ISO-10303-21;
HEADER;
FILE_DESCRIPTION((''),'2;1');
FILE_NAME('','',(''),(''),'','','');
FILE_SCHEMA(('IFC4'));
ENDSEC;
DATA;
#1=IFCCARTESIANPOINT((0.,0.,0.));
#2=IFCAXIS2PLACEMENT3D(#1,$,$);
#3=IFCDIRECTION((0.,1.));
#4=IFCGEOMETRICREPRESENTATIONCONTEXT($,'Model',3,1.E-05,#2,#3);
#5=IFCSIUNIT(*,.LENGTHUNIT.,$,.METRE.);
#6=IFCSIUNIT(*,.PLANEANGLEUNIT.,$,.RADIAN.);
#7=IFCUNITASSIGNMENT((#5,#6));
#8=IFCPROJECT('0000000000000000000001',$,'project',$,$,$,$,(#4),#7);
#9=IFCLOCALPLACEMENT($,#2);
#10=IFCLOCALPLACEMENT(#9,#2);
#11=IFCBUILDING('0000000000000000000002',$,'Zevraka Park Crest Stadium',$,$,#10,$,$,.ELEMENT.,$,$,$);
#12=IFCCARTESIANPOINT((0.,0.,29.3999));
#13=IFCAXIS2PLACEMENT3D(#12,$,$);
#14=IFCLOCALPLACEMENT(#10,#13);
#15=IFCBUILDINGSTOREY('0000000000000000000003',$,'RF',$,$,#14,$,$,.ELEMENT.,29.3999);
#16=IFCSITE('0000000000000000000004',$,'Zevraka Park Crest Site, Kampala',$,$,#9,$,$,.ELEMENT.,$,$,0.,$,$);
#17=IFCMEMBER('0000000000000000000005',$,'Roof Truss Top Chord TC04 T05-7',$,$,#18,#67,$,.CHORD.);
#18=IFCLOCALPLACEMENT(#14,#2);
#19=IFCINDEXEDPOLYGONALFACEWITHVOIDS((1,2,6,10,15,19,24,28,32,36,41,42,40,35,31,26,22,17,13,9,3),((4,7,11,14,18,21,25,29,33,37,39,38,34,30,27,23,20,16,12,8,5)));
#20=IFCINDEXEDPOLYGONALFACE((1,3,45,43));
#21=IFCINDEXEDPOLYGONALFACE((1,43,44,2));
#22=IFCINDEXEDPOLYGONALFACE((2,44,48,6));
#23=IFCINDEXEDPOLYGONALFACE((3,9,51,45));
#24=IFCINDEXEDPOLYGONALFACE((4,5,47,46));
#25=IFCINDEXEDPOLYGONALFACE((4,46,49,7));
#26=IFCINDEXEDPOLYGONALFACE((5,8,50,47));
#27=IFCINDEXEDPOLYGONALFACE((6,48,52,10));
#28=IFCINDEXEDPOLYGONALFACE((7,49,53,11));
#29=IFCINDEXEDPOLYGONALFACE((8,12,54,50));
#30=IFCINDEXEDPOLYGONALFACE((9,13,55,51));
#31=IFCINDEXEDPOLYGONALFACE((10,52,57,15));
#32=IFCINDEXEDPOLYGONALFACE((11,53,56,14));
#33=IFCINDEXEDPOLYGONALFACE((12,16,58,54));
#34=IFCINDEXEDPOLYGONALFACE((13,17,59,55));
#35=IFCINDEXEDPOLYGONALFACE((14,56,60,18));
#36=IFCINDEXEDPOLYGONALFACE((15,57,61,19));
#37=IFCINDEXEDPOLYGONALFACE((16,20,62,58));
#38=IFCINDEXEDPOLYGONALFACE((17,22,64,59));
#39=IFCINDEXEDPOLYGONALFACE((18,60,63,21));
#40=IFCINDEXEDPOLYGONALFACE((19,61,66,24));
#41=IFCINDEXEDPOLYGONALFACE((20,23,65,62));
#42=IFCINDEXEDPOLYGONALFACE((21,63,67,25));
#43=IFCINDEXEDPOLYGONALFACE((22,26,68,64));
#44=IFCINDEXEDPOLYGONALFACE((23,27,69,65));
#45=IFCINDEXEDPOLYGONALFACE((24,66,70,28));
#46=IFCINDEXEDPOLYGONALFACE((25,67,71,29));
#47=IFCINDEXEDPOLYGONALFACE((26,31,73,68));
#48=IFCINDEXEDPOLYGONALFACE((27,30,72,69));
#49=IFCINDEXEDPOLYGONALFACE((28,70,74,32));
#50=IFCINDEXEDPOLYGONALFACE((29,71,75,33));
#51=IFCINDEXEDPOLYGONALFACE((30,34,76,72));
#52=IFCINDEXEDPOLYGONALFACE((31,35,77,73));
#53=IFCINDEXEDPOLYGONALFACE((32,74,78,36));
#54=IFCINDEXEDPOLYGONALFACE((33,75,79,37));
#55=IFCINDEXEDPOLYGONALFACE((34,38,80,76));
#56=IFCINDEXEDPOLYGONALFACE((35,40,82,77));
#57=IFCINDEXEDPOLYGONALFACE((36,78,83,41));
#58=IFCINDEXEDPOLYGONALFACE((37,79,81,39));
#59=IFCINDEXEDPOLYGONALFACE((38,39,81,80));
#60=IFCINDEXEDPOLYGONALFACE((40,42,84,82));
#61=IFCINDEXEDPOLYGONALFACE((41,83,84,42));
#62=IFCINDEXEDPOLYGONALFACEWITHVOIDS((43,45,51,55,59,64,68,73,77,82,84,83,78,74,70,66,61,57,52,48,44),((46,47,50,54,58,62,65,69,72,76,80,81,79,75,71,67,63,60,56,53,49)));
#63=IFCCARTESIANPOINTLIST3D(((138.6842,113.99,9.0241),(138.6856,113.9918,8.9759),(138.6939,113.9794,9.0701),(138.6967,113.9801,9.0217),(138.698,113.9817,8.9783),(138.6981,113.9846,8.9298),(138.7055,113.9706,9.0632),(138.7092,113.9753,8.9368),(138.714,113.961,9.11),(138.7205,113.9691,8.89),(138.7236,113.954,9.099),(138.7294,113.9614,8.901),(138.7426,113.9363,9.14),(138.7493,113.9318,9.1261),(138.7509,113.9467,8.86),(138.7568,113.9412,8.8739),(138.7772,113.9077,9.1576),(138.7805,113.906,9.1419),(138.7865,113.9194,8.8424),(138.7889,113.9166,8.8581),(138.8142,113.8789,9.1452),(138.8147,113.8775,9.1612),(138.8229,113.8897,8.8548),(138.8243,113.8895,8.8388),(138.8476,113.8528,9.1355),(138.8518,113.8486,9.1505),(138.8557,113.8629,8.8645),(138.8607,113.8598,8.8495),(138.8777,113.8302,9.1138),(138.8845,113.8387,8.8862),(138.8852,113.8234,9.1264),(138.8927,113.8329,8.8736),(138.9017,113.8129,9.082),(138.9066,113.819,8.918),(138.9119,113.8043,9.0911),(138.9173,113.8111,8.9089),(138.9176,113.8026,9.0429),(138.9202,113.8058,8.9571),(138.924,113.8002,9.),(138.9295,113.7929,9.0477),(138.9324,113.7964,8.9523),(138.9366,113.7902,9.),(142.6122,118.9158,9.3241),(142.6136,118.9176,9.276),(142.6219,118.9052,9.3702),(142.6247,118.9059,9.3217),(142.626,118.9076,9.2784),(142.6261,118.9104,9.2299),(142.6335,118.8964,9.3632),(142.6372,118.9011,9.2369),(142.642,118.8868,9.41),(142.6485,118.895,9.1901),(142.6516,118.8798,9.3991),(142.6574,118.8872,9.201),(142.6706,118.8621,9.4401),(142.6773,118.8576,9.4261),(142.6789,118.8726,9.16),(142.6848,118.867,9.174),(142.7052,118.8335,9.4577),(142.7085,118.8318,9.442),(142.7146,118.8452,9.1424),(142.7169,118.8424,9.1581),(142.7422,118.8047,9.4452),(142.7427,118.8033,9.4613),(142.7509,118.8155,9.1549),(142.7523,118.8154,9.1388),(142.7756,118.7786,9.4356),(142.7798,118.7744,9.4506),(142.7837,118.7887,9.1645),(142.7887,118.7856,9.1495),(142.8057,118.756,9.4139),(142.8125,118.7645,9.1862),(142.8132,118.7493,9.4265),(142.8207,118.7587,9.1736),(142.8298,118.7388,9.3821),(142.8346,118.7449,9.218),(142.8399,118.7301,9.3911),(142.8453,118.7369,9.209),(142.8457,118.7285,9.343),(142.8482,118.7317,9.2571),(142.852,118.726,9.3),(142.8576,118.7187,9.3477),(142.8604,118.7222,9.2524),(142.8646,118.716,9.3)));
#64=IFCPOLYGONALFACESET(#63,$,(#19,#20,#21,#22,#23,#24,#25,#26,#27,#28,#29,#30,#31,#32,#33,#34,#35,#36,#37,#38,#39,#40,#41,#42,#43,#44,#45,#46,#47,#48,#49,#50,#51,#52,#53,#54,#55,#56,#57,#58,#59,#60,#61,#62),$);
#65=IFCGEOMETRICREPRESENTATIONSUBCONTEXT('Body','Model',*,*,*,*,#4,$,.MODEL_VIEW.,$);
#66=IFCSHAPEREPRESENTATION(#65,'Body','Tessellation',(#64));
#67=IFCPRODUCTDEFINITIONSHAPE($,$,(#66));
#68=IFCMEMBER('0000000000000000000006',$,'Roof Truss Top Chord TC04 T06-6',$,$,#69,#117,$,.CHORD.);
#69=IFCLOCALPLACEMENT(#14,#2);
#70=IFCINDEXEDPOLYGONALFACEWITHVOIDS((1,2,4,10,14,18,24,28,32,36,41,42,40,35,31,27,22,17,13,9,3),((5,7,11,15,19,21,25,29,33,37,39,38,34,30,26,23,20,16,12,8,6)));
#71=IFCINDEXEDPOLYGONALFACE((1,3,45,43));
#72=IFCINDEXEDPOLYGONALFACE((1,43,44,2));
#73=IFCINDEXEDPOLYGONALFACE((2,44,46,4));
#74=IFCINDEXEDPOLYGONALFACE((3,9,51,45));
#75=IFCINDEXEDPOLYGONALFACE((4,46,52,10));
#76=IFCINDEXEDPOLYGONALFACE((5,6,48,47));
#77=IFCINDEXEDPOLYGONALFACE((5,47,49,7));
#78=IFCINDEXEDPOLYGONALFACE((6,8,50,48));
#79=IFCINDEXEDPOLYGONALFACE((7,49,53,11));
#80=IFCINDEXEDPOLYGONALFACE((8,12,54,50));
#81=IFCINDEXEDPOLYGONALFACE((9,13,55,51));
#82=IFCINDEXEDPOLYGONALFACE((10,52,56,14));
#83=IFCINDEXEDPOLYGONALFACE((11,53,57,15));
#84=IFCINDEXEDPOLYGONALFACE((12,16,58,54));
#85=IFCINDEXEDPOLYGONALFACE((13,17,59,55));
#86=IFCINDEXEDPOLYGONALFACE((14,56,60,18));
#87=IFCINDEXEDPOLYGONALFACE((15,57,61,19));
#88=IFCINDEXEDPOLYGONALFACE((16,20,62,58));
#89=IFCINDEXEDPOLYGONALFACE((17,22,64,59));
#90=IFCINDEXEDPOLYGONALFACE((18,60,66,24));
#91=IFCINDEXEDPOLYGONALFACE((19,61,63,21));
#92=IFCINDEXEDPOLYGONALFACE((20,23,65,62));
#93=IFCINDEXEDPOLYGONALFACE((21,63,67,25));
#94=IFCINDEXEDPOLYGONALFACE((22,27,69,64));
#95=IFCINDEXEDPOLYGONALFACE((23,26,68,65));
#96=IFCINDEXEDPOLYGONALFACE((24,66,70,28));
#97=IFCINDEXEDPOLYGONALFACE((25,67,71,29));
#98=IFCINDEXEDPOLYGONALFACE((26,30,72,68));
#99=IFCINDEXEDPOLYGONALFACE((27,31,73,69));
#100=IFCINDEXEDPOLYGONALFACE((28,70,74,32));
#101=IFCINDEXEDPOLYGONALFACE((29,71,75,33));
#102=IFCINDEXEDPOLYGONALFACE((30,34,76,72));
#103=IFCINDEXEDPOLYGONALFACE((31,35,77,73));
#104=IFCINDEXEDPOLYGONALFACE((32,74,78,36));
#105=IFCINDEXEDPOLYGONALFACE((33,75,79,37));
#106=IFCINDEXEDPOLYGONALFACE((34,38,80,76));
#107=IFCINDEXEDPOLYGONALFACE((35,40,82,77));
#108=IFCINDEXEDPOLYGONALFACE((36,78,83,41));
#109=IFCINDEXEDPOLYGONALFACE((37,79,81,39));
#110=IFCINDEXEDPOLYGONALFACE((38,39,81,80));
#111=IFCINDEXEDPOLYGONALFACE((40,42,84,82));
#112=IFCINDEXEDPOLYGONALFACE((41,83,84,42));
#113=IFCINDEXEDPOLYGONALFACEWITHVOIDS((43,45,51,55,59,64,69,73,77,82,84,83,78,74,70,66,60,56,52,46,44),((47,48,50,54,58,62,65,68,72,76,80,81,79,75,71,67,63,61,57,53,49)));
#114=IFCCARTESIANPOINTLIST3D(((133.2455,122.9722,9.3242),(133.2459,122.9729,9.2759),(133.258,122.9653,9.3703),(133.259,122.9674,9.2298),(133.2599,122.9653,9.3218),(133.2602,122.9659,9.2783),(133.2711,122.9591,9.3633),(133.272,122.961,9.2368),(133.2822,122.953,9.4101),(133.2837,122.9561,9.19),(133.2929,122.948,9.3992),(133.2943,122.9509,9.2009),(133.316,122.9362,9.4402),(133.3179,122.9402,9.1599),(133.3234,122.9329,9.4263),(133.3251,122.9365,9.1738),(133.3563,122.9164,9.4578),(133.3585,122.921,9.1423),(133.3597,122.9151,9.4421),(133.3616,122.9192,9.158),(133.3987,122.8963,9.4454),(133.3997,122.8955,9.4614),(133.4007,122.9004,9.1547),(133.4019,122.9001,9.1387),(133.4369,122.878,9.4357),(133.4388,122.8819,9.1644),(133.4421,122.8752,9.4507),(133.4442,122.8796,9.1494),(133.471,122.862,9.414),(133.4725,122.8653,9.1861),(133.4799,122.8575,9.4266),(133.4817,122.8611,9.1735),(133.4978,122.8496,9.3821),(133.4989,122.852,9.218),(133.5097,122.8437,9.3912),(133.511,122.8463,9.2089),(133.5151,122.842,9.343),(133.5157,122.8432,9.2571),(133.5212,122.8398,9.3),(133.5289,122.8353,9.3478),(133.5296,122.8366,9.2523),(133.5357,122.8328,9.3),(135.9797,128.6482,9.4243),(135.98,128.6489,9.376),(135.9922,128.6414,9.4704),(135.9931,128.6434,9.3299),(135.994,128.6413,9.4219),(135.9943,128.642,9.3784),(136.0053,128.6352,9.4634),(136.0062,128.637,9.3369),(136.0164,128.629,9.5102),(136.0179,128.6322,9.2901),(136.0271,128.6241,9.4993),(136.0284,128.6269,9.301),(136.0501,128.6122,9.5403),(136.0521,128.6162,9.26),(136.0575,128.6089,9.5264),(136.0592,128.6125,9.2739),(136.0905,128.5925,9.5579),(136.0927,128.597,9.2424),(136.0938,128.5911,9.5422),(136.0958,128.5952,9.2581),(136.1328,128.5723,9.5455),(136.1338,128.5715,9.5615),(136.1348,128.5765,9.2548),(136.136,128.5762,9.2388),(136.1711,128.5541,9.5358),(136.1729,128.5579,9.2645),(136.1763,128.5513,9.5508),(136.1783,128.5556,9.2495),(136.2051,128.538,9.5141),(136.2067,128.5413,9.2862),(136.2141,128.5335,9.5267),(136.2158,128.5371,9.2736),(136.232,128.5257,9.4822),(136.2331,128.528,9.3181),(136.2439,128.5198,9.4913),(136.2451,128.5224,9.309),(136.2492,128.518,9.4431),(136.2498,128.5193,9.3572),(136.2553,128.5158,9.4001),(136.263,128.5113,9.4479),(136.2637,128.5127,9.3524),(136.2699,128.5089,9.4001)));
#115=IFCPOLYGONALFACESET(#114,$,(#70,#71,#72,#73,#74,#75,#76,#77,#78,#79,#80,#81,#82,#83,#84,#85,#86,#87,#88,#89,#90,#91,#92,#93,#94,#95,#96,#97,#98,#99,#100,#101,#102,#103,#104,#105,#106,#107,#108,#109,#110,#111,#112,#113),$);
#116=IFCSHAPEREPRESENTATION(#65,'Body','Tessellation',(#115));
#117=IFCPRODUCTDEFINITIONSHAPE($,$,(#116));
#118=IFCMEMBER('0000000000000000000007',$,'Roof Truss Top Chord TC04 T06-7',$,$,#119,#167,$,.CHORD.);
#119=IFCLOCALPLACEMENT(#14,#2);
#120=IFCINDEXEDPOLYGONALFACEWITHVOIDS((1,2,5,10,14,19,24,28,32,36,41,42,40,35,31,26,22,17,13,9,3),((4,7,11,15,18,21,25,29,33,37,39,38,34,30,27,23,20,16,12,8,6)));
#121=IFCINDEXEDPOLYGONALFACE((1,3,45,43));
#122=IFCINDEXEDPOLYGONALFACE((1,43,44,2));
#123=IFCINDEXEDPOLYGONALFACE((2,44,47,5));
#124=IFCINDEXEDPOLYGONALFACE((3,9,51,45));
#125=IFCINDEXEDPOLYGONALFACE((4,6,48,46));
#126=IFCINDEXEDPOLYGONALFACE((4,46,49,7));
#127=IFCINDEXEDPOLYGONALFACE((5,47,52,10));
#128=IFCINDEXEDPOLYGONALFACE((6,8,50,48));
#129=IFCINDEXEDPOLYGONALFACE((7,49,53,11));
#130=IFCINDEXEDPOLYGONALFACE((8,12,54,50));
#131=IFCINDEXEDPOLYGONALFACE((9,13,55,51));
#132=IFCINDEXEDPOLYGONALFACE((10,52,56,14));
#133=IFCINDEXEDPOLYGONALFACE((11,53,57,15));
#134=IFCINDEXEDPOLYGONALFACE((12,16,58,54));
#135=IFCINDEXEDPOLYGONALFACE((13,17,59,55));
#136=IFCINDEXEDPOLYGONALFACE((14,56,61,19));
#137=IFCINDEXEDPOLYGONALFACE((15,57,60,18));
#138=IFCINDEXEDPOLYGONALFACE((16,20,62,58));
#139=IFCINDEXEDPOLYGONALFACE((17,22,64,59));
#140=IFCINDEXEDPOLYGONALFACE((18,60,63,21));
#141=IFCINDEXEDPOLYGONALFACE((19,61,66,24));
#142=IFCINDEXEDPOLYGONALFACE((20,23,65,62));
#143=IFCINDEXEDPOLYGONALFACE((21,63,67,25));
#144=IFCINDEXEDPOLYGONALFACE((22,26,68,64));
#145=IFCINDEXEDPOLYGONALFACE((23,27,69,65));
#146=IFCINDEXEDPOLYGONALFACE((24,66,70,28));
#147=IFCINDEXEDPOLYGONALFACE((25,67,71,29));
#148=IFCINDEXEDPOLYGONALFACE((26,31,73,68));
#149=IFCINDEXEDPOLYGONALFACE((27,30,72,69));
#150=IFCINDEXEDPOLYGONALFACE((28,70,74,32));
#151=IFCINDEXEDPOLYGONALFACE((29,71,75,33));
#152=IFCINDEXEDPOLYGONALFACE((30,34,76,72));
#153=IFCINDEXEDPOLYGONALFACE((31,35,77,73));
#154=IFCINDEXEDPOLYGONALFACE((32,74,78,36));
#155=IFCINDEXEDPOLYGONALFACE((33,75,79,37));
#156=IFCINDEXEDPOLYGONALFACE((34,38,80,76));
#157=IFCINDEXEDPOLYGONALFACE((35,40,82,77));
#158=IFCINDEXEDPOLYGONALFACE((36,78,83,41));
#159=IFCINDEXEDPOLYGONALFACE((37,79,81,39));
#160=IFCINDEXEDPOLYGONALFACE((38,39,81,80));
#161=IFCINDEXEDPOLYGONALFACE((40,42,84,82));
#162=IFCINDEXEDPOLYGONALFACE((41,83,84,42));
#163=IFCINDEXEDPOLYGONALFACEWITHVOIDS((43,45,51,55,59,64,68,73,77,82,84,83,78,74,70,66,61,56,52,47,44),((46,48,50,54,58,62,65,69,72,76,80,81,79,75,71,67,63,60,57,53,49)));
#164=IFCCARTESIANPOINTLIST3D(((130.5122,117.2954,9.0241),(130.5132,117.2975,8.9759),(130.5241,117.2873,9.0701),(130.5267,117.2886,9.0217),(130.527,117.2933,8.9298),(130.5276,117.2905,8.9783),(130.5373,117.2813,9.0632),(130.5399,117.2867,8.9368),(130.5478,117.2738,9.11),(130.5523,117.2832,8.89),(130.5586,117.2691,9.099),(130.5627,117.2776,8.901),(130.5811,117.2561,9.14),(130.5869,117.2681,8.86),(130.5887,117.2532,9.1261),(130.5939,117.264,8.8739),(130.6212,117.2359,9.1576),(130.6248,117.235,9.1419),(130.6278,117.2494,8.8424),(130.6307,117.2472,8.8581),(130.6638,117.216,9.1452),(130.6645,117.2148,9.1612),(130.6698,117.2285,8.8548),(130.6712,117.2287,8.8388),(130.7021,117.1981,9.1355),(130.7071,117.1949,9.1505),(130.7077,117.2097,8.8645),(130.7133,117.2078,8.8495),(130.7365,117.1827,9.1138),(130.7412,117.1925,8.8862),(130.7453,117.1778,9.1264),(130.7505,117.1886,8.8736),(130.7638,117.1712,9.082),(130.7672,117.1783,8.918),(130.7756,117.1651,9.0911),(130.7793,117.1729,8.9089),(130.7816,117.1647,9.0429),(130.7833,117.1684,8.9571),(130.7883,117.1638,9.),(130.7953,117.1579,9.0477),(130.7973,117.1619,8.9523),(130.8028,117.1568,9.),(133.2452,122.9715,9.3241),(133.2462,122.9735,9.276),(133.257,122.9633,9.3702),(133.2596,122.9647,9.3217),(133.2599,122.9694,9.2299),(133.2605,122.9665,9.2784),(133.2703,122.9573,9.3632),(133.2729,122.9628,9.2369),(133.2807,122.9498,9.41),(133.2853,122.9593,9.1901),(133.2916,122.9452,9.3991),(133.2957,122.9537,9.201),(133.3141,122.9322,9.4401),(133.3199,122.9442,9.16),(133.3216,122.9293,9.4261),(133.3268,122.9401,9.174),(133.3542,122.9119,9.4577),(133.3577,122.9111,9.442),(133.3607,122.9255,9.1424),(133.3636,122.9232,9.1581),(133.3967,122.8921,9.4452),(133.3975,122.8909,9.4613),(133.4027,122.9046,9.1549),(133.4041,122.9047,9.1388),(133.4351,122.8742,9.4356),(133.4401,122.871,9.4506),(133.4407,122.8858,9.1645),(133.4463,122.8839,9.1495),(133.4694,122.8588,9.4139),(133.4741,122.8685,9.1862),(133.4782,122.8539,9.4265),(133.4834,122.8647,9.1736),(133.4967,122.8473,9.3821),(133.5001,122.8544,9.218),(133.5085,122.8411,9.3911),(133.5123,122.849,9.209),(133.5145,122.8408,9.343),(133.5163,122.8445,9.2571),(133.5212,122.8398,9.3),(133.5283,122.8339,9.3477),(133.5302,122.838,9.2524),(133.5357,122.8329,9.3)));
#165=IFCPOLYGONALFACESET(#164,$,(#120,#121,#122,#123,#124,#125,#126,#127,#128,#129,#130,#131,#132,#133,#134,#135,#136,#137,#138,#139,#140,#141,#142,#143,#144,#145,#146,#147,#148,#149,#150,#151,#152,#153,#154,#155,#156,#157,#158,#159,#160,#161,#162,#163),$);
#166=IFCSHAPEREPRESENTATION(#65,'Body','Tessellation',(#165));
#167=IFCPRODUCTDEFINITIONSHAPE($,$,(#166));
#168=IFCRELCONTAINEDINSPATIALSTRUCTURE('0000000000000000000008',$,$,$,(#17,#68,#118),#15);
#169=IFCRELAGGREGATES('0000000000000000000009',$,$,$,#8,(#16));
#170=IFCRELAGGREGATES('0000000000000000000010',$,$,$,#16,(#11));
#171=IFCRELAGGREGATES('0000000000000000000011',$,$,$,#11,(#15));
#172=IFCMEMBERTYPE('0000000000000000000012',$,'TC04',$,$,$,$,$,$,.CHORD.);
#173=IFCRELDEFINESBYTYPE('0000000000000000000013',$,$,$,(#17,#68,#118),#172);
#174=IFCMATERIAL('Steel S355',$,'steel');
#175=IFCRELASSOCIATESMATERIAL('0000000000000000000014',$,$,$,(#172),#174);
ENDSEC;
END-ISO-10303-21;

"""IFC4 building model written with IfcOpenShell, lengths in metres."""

from ifc_helpers import new_model, si_unit, direction, frame, origin, origin_2d, place, context, subcontext, project, spatial, hollow_circle, extrude, material, material_profile, profile_set, type_object, element, save


model = new_model("IFC4")

# Units and contexts
model_context = context("Model", 3, precision=1e-05, world=origin(), true_north=direction((0.0, 1.0)))
body_context = subcontext(model_context, "Body", "Model", "MODEL_VIEW")
ifc_project = project(units=[si_unit("LENGTHUNIT", "METRE"), si_unit("PLANEANGLEUNIT", "RADIAN")], contexts=[model_context])

# Site, building, storey
site_placement = place(None, origin())
site = spatial("IfcSite", under=ifc_project, at=site_placement, Name="Zevraka Park Crest Site, Kampala", CompositionType="ELEMENT", RefElevation=0.0)
building_placement = place(site_placement, origin())
building = spatial("IfcBuilding", under=site, at=building_placement, Name="Zevraka Park Crest Stadium", CompositionType="ELEMENT")
storey_placement = place(building_placement, frame((0.0, 0.0, 29.3999)))
storey = spatial("IfcBuildingStorey", under=building, at=storey_placement, Name="RF", CompositionType="ELEMENT", Elevation=29.3999)

# Members
ifc_material_1 = material(Name="Steel S355", Category="steel")
ifc_material_profile_1 = material_profile(ifc_material_1, hollow_circle(Radius=0.1619, WallThickness=0.0161, at=origin_2d()), Name="CHS 323.9x16")
ifc_profile_set_1 = profile_set([ifc_material_profile_1], Name="Steel S355")
member_type_1 = type_object("IfcMemberType", Name="TC04", PredefinedType="CHORD", material=ifc_profile_set_1)
member_1_placement = place(storey_placement, frame((142.738, 118.8169, 9.3), z_axis=(-0.622764, -0.780962, -0.047571), x_axis=(0.781847, -0.62347, 0.0)))
element("IfcMember", 1, at=member_1_placement, inside=storey, type_object=member_type_1, Name="Roof Truss Top Chord TC04 T05-7", PredefinedType="CHORD", context=body_context, shape_type="SweptSolid", body=[
    extrude(hollow_circle(Radius=0.1619, WallThickness=0.0161, at=origin_2d()), origin(), (0.0, 0.0, 1.0), 6.3074),
])
member_2_placement = place(storey_placement, frame((136.124, 128.5791, 9.4001), z_axis=(-0.433919, -0.900812, -0.015886), x_axis=(0.900925, -0.433974, 0.0)))
element("IfcMember", 2, at=member_2_placement, inside=storey, type_object=member_type_1, Name="Roof Truss Top Chord TC04 T06-6", PredefinedType="CHORD", context=body_context, shape_type="SweptSolid", body=[
    extrude(hollow_circle(Radius=0.1619, WallThickness=0.0161, at=origin_2d()), origin(), (0.0, 0.0, 1.0), 6.301),
])
member_3_placement = place(storey_placement, frame((133.3899, 122.9031, 9.3), z_axis=(-0.433326, -0.899981, -0.047575), x_axis=(0.901001, -0.433817, 0.0)))
element("IfcMember", 3, at=member_3_placement, inside=storey, type_object=member_type_1, Name="Roof Truss Top Chord TC04 T06-7", PredefinedType="CHORD", context=body_context, shape_type="SweptSolid", body=[
    extrude(hollow_circle(Radius=0.1619, WallThickness=0.0161, at=origin_2d()), origin(), (0.0, 0.0, 1.0), 6.3069),
])

save(model, "model.ifc")
